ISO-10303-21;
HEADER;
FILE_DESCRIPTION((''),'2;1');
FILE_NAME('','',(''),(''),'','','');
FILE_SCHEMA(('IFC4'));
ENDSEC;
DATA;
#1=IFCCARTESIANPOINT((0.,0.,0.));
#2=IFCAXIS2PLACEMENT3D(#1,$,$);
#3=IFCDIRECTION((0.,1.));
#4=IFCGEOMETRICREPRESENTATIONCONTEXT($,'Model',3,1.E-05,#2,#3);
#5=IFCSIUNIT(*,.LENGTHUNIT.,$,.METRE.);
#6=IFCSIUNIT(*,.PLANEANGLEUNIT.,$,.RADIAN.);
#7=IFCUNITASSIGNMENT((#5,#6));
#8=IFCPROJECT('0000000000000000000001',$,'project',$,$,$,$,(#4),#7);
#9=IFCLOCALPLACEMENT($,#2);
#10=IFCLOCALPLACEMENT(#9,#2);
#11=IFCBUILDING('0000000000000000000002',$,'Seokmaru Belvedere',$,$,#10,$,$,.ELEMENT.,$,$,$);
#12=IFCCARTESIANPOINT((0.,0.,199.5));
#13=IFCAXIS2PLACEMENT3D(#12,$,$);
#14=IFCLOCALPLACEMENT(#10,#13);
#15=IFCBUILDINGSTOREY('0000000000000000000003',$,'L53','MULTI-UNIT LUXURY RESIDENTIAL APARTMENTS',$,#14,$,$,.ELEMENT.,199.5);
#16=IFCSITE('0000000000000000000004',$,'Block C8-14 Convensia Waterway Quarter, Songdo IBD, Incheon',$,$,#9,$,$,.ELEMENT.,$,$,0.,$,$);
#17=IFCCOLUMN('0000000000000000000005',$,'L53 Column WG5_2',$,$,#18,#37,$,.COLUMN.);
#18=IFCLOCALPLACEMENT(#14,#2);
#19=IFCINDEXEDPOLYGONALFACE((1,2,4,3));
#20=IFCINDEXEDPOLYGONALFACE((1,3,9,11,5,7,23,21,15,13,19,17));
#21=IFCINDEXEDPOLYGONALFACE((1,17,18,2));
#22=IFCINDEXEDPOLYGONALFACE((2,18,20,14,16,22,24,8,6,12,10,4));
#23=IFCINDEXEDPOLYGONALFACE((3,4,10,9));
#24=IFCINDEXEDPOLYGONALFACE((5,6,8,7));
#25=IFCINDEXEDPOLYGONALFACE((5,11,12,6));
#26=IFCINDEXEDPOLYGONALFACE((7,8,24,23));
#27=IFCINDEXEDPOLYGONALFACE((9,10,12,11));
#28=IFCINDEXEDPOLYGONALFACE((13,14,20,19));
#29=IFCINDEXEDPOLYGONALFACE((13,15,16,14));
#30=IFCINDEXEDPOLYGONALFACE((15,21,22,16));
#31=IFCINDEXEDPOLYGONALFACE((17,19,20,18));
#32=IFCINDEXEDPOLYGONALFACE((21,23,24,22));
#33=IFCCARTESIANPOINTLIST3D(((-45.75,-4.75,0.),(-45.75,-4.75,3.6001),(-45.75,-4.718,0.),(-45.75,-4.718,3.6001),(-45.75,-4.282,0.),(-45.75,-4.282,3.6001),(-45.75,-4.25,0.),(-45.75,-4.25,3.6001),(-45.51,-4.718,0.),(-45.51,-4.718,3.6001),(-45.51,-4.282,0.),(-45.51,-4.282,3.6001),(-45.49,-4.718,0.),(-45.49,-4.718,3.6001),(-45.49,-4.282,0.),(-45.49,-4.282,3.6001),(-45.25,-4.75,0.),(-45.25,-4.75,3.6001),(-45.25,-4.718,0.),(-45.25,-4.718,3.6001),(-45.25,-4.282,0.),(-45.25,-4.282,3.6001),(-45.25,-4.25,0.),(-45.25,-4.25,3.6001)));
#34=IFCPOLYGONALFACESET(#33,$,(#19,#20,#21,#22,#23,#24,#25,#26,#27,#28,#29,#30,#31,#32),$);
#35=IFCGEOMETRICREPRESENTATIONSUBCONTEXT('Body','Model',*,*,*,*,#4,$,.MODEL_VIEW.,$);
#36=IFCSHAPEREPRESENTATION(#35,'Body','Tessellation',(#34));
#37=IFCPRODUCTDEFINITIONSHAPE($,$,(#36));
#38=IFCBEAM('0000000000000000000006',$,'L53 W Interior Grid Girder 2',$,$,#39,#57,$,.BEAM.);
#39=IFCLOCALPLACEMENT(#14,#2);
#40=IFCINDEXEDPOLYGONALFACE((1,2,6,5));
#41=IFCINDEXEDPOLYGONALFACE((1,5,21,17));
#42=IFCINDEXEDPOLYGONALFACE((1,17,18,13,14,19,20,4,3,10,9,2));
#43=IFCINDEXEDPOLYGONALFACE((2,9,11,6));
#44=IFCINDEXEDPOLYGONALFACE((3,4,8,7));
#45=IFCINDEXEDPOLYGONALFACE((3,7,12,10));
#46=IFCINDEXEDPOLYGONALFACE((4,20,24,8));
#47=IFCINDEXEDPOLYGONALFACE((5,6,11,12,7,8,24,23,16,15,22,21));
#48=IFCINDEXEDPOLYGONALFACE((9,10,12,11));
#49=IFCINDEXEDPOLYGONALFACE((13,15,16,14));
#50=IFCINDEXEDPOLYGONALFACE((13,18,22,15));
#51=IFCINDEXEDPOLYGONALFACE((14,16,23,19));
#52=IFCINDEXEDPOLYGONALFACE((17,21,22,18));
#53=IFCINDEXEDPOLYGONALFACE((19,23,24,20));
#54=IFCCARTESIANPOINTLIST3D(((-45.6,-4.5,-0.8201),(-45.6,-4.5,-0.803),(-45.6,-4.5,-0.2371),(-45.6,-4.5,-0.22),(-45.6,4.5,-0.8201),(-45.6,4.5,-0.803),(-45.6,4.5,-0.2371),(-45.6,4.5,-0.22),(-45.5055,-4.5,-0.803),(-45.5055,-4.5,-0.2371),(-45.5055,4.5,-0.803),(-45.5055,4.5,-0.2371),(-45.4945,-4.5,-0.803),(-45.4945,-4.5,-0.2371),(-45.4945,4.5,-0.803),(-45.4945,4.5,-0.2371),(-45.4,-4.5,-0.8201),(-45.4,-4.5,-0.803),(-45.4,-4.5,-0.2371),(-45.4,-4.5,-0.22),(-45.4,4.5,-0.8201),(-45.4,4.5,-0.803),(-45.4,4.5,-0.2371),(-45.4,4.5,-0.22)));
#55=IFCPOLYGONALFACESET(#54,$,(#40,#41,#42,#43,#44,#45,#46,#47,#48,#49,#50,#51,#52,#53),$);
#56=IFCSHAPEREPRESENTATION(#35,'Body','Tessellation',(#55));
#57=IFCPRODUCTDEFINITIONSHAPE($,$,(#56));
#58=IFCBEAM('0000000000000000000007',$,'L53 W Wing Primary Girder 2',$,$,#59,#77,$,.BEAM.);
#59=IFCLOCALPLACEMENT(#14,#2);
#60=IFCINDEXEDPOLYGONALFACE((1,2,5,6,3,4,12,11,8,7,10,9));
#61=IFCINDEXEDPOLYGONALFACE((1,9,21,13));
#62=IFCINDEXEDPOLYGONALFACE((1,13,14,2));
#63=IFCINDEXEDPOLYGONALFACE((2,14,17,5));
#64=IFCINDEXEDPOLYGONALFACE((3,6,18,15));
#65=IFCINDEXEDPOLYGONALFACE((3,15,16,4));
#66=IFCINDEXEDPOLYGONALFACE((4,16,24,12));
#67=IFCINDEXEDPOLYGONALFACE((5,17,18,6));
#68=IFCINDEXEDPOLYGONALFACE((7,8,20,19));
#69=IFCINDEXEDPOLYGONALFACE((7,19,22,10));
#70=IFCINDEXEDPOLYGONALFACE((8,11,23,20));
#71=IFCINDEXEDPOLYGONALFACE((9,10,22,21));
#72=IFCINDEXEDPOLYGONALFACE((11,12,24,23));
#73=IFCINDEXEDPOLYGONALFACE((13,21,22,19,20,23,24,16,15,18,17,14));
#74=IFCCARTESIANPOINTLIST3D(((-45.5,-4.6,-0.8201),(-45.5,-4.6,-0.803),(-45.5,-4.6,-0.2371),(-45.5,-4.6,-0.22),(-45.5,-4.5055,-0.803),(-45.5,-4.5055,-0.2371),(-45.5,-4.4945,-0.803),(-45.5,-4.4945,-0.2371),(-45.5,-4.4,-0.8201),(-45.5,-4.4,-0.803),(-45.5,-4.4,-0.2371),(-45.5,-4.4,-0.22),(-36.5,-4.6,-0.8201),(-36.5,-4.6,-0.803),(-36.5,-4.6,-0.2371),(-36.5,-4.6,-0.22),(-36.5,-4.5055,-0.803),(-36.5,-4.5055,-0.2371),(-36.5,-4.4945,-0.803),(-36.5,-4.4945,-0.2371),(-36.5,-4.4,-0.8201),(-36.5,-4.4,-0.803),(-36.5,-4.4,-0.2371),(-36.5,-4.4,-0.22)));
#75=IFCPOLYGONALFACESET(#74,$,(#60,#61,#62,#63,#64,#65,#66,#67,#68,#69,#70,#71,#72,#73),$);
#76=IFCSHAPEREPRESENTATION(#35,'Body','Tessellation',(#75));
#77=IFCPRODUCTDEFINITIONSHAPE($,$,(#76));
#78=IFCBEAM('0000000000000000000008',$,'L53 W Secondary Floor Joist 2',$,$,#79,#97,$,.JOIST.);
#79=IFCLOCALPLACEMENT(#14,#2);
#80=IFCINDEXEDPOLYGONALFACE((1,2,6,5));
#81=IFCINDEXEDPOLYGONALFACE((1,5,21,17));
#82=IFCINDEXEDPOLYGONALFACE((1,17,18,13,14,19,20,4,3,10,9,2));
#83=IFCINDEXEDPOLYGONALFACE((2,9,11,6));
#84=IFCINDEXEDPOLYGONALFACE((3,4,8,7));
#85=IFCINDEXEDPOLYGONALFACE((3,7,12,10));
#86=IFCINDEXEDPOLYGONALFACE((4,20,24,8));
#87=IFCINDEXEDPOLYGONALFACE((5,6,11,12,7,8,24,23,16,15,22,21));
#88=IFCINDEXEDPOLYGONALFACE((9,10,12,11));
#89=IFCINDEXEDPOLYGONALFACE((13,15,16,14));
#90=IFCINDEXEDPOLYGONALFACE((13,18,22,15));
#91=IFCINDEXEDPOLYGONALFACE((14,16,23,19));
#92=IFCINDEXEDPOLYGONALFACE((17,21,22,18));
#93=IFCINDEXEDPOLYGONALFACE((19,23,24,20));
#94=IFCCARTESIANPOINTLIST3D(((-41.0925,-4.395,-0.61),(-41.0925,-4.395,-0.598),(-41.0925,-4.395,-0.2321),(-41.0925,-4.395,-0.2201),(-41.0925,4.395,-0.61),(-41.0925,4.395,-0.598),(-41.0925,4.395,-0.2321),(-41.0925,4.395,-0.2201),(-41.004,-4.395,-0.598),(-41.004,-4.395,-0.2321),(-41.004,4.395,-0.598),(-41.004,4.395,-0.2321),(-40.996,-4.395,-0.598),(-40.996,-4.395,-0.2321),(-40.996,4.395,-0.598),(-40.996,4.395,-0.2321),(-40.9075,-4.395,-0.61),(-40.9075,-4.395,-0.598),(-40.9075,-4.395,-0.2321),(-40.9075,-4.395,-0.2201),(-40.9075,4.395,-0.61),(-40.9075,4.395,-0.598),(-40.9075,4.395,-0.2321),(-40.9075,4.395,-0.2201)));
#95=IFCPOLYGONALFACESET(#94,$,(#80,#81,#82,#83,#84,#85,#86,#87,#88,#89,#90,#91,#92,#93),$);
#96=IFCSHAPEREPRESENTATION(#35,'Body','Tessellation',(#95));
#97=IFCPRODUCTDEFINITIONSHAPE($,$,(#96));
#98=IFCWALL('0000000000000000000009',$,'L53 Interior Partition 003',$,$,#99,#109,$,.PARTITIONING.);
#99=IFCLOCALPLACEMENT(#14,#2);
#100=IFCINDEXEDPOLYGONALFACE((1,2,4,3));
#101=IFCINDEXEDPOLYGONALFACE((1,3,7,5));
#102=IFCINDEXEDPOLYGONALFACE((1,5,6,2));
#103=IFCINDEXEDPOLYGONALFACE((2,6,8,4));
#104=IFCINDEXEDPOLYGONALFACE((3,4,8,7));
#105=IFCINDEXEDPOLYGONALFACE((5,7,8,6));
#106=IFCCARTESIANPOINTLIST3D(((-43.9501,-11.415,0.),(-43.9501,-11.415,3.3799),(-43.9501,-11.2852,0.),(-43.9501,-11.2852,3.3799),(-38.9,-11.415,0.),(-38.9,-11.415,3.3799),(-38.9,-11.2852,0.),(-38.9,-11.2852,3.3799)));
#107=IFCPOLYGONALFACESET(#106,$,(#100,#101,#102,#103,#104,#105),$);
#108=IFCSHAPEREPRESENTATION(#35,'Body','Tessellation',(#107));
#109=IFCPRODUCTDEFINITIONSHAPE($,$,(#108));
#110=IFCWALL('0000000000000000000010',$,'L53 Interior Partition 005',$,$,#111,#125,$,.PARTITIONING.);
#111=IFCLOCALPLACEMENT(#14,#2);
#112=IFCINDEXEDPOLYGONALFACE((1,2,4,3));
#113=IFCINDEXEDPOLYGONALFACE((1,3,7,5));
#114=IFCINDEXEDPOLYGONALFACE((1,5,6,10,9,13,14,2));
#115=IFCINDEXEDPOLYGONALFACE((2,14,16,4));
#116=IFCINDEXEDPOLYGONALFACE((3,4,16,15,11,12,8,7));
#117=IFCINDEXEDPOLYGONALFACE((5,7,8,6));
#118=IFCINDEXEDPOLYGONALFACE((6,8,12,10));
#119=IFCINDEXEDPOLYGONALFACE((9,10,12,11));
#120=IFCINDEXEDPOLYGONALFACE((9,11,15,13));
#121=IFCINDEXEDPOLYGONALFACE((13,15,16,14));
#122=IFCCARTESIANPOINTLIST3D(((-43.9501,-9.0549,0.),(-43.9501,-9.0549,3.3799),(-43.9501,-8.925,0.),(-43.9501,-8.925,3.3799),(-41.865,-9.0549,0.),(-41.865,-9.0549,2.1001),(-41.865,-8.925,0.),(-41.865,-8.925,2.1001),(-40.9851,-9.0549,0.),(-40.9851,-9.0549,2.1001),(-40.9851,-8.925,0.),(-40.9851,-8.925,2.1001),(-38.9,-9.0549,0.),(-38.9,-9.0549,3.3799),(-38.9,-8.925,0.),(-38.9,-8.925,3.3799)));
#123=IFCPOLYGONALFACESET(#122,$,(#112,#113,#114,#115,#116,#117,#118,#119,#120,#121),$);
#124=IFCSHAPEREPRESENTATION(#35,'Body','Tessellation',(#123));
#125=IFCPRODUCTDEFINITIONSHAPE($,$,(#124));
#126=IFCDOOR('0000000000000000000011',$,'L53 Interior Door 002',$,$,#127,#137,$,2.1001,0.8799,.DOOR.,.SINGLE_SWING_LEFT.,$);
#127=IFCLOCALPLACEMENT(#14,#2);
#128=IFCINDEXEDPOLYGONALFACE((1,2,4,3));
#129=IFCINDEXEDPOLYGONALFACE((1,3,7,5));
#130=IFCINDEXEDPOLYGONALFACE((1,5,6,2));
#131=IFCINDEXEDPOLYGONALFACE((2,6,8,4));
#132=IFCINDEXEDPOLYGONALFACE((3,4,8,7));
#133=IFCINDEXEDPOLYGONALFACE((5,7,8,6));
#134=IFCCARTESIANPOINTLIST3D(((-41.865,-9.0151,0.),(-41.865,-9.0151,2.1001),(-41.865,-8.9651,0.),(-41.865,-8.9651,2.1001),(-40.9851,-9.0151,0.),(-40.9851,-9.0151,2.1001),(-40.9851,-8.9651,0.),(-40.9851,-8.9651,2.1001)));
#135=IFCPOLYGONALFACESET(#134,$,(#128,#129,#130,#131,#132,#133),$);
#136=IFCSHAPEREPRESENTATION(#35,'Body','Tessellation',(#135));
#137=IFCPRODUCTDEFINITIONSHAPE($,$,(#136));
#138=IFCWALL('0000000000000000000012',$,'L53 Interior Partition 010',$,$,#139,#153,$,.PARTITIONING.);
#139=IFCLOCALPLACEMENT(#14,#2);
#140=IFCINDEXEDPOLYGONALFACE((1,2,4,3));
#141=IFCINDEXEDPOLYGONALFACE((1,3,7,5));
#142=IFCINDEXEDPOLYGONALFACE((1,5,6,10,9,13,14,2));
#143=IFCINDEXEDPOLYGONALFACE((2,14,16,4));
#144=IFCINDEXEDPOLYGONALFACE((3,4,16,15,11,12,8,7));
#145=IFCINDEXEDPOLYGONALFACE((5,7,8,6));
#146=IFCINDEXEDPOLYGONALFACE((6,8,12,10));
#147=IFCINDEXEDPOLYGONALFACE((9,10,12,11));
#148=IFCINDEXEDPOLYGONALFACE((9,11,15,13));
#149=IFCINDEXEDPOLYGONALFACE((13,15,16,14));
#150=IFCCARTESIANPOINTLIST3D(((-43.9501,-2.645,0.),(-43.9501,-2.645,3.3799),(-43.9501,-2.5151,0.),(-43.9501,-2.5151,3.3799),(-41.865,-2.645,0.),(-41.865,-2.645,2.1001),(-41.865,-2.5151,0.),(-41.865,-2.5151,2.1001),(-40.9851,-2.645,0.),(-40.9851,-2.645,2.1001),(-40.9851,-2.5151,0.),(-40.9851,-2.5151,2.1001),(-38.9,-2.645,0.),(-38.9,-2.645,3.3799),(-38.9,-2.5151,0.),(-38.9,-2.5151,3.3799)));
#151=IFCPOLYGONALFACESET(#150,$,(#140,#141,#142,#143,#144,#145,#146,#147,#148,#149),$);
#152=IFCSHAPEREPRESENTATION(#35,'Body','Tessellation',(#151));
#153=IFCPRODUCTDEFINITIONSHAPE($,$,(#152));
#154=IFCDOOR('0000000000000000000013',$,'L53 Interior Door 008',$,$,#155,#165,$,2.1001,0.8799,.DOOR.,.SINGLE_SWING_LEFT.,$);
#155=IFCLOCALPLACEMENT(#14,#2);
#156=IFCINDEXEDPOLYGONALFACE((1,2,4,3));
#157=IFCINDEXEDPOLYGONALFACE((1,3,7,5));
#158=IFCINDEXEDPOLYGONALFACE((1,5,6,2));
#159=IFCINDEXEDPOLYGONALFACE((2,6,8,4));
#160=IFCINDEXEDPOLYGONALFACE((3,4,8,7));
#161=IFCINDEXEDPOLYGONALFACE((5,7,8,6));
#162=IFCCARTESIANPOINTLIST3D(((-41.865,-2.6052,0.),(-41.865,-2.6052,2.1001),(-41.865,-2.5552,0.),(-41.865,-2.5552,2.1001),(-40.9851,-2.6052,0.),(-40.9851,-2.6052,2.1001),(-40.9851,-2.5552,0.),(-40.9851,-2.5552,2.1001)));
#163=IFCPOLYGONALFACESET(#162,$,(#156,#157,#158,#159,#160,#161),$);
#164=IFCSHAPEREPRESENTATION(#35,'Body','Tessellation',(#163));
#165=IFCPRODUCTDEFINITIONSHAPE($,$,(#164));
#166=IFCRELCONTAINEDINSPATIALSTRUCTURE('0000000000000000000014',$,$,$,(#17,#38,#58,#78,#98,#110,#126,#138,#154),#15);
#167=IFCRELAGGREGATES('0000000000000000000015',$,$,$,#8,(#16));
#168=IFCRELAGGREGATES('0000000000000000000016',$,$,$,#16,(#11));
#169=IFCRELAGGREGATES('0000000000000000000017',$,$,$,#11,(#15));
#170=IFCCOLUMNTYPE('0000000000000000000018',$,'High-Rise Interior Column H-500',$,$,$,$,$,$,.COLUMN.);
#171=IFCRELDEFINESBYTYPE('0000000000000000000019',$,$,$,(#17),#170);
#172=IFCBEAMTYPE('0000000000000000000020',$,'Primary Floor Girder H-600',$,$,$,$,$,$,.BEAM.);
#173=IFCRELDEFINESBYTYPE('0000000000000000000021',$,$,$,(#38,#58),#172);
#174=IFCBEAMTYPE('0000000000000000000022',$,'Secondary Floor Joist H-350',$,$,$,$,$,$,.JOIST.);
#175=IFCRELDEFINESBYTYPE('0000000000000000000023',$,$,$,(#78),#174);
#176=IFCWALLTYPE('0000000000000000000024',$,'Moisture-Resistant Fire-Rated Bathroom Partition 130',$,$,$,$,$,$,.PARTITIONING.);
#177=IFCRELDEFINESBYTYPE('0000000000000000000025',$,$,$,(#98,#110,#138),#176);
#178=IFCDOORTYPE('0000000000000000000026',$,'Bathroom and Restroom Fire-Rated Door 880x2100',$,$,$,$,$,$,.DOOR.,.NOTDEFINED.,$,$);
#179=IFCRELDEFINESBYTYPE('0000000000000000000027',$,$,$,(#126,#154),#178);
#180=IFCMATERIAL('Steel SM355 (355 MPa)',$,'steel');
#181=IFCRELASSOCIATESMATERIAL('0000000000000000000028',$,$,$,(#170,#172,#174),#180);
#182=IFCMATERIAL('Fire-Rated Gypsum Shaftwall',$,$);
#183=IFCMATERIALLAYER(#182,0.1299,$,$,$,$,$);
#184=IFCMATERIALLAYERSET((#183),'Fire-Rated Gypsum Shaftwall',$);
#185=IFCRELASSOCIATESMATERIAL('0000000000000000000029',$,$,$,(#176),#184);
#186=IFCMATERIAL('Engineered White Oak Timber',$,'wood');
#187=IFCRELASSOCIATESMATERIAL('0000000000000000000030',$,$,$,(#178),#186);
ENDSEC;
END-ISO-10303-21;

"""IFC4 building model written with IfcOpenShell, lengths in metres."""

from ifc_helpers import new_model, si_unit, direction, frame, frame_2d, origin, origin_2d, place, context, subcontext, project, spatial, rectangle, i_section, extrude, source, transform, mapped, material, layer, layer_set, material_profile, profile_set, type_object, type_shapes, element, fill, save


model = new_model("IFC4")

# Units and contexts
model_context = context("Model", 3, precision=1e-05, world=origin(), true_north=direction((0.0, 1.0)))
body_context = subcontext(model_context, "Body", "Model", "MODEL_VIEW")
ifc_project = project(units=[si_unit("LENGTHUNIT", "METRE"), si_unit("PLANEANGLEUNIT", "RADIAN")], contexts=[model_context])

# Site, building, storey
site_placement = place(None, origin())
site = spatial("IfcSite", under=ifc_project, at=site_placement, Name="Block C8-14 Convensia Waterway Quarter, Songdo IBD, Incheon", CompositionType="ELEMENT", RefElevation=0.0)
building_placement = place(site_placement, origin())
building = spatial("IfcBuilding", under=site, at=building_placement, Name="Seokmaru Belvedere", CompositionType="ELEMENT")
storey_placement = place(building_placement, frame((0.0, 0.0, 199.5)))
storey = spatial("IfcBuildingStorey", under=building, at=storey_placement, Name="L53", Description="MULTI-UNIT LUXURY RESIDENTIAL APARTMENTS", CompositionType="ELEMENT", Elevation=199.5)

# Column
ifc_material_1 = material(Name="Steel SM355 (355 MPa)", Category="steel")
ifc_material_profile_1 = material_profile(ifc_material_1, i_section(OverallWidth=0.5, OverallDepth=0.5, WebThickness=0.02, FlangeThickness=0.032, at=origin_2d()), Name="H-500x500x20x32")
ifc_profile_set_1 = profile_set([ifc_material_profile_1], Name="Steel SM355 (355 MPa)")
column_type = type_object("IfcColumnType", Name="High-Rise Interior Column H-500", PredefinedType="COLUMN", material=ifc_profile_set_1)
shared_shape_1 = source(origin(), body_context, "Body", "SweptSolid", [
    extrude(i_section(OverallWidth=0.5, OverallDepth=0.5, WebThickness=0.02, FlangeThickness=0.032, at=origin_2d()), origin(), (0.0, 0.0, 1.0), 3.6001),
])
type_shapes(column_type, [shared_shape_1])
column_placement = place(storey_placement, frame((-45.5, -4.5, 0.0), z_axis=(0.0, 0.0, 1.0), x_axis=(1.0, 0.0, 0.0)))
element("IfcColumn", 1, at=column_placement, inside=storey, type_object=column_type, Name="L53 Column WG5_2", PredefinedType="COLUMN", context=body_context, shape_type="MappedRepresentation", body=[
    mapped(shared_shape_1, transform((0.0, 0.0, 0.0), scale=1.0)),
])

# Beams
ifc_material_profile_2 = material_profile(ifc_material_1, i_section(OverallWidth=0.2, OverallDepth=0.6001, WebThickness=0.011, FlangeThickness=0.0171, at=origin_2d()), Name="H-600x200x11x17")
ifc_profile_set_2 = profile_set([ifc_material_profile_2], Name="Steel SM355 (355 MPa)")
beam_type_1 = type_object("IfcBeamType", Name="Primary Floor Girder H-600", PredefinedType="BEAM", material=ifc_profile_set_2)
shared_shape_2 = source(origin(), body_context, "Body", "SweptSolid", [
    extrude(i_section(OverallWidth=0.2, OverallDepth=0.6001, WebThickness=0.011, FlangeThickness=0.0171, at=origin_2d()), origin(), (0.0, 0.0, 1.0), 9.0),
])
type_shapes(beam_type_1, [shared_shape_2])
for number, where, z_axis, x_axis, name in (
    (2, (-45.5, -4.5, -0.52), (0.0, 1.0, 0.0), (-1.0, 0.0, 0.0), "L53 W Interior Grid Girder 2"),
    (3, (-45.5, -4.5, -0.52), (1.0, 0.0, 0.0), (0.0, 1.0, 0.0), "L53 W Wing Primary Girder 2"),
):
    element("IfcBeam", number, at=place(storey_placement, frame(where, z_axis=z_axis, x_axis=x_axis)), inside=storey, type_object=beam_type_1, Name=name, PredefinedType="BEAM", context=body_context, shape_type="MappedRepresentation", body=[
        mapped(shared_shape_2, transform((0.0, 0.0, 0.0), scale=1.0)),
    ])
ifc_material_profile_3 = material_profile(ifc_material_1, i_section(OverallWidth=0.1851, OverallDepth=0.3899, WebThickness=0.0081, FlangeThickness=0.012, at=origin_2d()), Name="H-390x185x8x12")
ifc_profile_set_3 = profile_set([ifc_material_profile_3], Name="Steel SM355 (355 MPa)")
beam_type_2 = type_object("IfcBeamType", Name="Secondary Floor Joist H-350", PredefinedType="JOIST", material=ifc_profile_set_3)
shared_shape_3 = source(origin(), body_context, "Body", "SweptSolid", [
    extrude(i_section(OverallWidth=0.1851, OverallDepth=0.3899, WebThickness=0.0081, FlangeThickness=0.012, at=origin_2d()), origin(), (0.0, 0.0, 1.0), 8.79),
])
type_shapes(beam_type_2, [shared_shape_3])
beam_placement = place(storey_placement, frame((-41.0, -4.395, -0.415), z_axis=(0.0, 1.0, 0.0), x_axis=(-1.0, 0.0, 0.0)))
element("IfcBeam", 4, at=beam_placement, inside=storey, type_object=beam_type_2, Name="L53 W Secondary Floor Joist 2", PredefinedType="JOIST", context=body_context, shape_type="MappedRepresentation", body=[
    mapped(shared_shape_3, transform((0.0, 0.0, 0.0), scale=1.0)),
])

# Wall
ifc_material_2 = material(Name="Fire-Rated Gypsum Shaftwall")
ifc_layer = layer(ifc_material_2, 0.1299)
ifc_layer_set = layer_set([ifc_layer], Name="Fire-Rated Gypsum Shaftwall")
wall_type = type_object("IfcWallType", Name="Moisture-Resistant Fire-Rated Bathroom Partition 130", PredefinedType="PARTITIONING", material=ifc_layer_set)
wall_1_placement = place(storey_placement, frame((-43.95, -11.3501, 0.0), z_axis=(0.0, 0.0, 1.0), x_axis=(1.0, 0.0, 0.0)))
element("IfcWall", 5, at=wall_1_placement, inside=storey, type_object=wall_type, Name="L53 Interior Partition 003", PredefinedType="PARTITIONING", context=body_context, shape_type="SweptSolid", body=[
    extrude(rectangle(XDim=5.05, YDim=0.1299, at=frame_2d((2.5249, 0.0))), origin(), (0.0, 0.0, 1.0), 3.3799),
])

# Walls, openings, doors
wall_2_placement = place(storey_placement, frame((-43.95, -8.99, 0.0), z_axis=(0.0, 0.0, 1.0), x_axis=(1.0, 0.0, 0.0)))
wall_2 = element("IfcWall", 6, at=wall_2_placement, inside=storey, type_object=wall_type, Name="L53 Interior Partition 005", PredefinedType="PARTITIONING", context=body_context, shape_type="SweptSolid", body=[
    extrude(rectangle(XDim=5.05, YDim=0.1299, at=frame_2d((2.5249, 0.0))), origin(), (0.0, 0.0, 1.0), 3.3799),
])
opening_1_placement = place(wall_2_placement, frame((2.085, 0.0, 0.0)))
opening_1 = element("IfcOpeningElement", 7, at=opening_1_placement, cuts=wall_2, PredefinedType="OPENING", context=body_context, shape_type="SweptSolid", body=[
    extrude(rectangle(XDim=0.8799, YDim=2.1001, at=frame_2d((0.4399, 1.05))), frame((0.0, 0.075, 0.0), z_axis=(0.0, -1.0, 0.0), x_axis=(1.0, 0.0, 0.0)), (0.0, 0.0, 1.0), 0.1499),
])
ifc_material_3 = material(Name="Engineered White Oak Timber", Category="wood")
door_type_1 = type_object("IfcDoorType", Name="Bathroom and Restroom Fire-Rated Door 880x2100", OperationType="NOTDEFINED", PredefinedType="DOOR", material=ifc_material_3)
shared_shape_4 = source(origin(), body_context, "Body", "SweptSolid", [
    extrude(rectangle(XDim=0.8799, YDim=2.1001, at=frame_2d((0.4399, 1.05))), frame((0.0, 0.0249, 0.0), z_axis=(0.0, -1.0, 0.0), x_axis=(1.0, 0.0, 0.0)), (0.0, 0.0, 1.0), 0.05),
])
type_shapes(door_type_1, [shared_shape_4])
door_1_placement = place(opening_1_placement, origin())
door_1 = element("IfcDoor", 8, at=door_1_placement, inside=storey, type_object=door_type_1, Name="L53 Interior Door 002", OperationType="SINGLE_SWING_LEFT", OverallHeight=2.1001, OverallWidth=0.8799, PredefinedType="DOOR", context=body_context, shape_type="MappedRepresentation", body=[
    mapped(shared_shape_4, transform((0.0, 0.0, 0.0), scale=1.0)),
])
fill(opening_1, door_1)
wall_3_placement = place(storey_placement, frame((-43.95, -2.5801, 0.0), z_axis=(0.0, 0.0, 1.0), x_axis=(1.0, 0.0, 0.0)))
wall_3 = element("IfcWall", 9, at=wall_3_placement, inside=storey, type_object=wall_type, Name="L53 Interior Partition 010", PredefinedType="PARTITIONING", context=body_context, shape_type="SweptSolid", body=[
    extrude(rectangle(XDim=5.05, YDim=0.1299, at=frame_2d((2.5249, 0.0))), origin(), (0.0, 0.0, 1.0), 3.3799),
])
opening_2_placement = place(wall_3_placement, frame((2.085, 0.0, 0.0)))
opening_2 = element("IfcOpeningElement", 10, at=opening_2_placement, cuts=wall_3, PredefinedType="OPENING", context=body_context, shape_type="SweptSolid", body=[
    extrude(rectangle(XDim=0.8799, YDim=2.1001, at=frame_2d((0.4399, 1.05))), frame((0.0, 0.075, 0.0), z_axis=(0.0, -1.0, 0.0), x_axis=(1.0, 0.0, 0.0)), (0.0, 0.0, 1.0), 0.1499),
])
door_2_placement = place(opening_2_placement, origin())
door_2 = element("IfcDoor", 11, at=door_2_placement, inside=storey, type_object=door_type_1, Name="L53 Interior Door 008", OperationType="SINGLE_SWING_LEFT", OverallHeight=2.1001, OverallWidth=0.8799, PredefinedType="DOOR", context=body_context, shape_type="MappedRepresentation", body=[
    mapped(shared_shape_4, transform((0.0, 0.0, 0.0), scale=1.0)),
])
fill(opening_2, door_2)

save(model, "model.ifc")
